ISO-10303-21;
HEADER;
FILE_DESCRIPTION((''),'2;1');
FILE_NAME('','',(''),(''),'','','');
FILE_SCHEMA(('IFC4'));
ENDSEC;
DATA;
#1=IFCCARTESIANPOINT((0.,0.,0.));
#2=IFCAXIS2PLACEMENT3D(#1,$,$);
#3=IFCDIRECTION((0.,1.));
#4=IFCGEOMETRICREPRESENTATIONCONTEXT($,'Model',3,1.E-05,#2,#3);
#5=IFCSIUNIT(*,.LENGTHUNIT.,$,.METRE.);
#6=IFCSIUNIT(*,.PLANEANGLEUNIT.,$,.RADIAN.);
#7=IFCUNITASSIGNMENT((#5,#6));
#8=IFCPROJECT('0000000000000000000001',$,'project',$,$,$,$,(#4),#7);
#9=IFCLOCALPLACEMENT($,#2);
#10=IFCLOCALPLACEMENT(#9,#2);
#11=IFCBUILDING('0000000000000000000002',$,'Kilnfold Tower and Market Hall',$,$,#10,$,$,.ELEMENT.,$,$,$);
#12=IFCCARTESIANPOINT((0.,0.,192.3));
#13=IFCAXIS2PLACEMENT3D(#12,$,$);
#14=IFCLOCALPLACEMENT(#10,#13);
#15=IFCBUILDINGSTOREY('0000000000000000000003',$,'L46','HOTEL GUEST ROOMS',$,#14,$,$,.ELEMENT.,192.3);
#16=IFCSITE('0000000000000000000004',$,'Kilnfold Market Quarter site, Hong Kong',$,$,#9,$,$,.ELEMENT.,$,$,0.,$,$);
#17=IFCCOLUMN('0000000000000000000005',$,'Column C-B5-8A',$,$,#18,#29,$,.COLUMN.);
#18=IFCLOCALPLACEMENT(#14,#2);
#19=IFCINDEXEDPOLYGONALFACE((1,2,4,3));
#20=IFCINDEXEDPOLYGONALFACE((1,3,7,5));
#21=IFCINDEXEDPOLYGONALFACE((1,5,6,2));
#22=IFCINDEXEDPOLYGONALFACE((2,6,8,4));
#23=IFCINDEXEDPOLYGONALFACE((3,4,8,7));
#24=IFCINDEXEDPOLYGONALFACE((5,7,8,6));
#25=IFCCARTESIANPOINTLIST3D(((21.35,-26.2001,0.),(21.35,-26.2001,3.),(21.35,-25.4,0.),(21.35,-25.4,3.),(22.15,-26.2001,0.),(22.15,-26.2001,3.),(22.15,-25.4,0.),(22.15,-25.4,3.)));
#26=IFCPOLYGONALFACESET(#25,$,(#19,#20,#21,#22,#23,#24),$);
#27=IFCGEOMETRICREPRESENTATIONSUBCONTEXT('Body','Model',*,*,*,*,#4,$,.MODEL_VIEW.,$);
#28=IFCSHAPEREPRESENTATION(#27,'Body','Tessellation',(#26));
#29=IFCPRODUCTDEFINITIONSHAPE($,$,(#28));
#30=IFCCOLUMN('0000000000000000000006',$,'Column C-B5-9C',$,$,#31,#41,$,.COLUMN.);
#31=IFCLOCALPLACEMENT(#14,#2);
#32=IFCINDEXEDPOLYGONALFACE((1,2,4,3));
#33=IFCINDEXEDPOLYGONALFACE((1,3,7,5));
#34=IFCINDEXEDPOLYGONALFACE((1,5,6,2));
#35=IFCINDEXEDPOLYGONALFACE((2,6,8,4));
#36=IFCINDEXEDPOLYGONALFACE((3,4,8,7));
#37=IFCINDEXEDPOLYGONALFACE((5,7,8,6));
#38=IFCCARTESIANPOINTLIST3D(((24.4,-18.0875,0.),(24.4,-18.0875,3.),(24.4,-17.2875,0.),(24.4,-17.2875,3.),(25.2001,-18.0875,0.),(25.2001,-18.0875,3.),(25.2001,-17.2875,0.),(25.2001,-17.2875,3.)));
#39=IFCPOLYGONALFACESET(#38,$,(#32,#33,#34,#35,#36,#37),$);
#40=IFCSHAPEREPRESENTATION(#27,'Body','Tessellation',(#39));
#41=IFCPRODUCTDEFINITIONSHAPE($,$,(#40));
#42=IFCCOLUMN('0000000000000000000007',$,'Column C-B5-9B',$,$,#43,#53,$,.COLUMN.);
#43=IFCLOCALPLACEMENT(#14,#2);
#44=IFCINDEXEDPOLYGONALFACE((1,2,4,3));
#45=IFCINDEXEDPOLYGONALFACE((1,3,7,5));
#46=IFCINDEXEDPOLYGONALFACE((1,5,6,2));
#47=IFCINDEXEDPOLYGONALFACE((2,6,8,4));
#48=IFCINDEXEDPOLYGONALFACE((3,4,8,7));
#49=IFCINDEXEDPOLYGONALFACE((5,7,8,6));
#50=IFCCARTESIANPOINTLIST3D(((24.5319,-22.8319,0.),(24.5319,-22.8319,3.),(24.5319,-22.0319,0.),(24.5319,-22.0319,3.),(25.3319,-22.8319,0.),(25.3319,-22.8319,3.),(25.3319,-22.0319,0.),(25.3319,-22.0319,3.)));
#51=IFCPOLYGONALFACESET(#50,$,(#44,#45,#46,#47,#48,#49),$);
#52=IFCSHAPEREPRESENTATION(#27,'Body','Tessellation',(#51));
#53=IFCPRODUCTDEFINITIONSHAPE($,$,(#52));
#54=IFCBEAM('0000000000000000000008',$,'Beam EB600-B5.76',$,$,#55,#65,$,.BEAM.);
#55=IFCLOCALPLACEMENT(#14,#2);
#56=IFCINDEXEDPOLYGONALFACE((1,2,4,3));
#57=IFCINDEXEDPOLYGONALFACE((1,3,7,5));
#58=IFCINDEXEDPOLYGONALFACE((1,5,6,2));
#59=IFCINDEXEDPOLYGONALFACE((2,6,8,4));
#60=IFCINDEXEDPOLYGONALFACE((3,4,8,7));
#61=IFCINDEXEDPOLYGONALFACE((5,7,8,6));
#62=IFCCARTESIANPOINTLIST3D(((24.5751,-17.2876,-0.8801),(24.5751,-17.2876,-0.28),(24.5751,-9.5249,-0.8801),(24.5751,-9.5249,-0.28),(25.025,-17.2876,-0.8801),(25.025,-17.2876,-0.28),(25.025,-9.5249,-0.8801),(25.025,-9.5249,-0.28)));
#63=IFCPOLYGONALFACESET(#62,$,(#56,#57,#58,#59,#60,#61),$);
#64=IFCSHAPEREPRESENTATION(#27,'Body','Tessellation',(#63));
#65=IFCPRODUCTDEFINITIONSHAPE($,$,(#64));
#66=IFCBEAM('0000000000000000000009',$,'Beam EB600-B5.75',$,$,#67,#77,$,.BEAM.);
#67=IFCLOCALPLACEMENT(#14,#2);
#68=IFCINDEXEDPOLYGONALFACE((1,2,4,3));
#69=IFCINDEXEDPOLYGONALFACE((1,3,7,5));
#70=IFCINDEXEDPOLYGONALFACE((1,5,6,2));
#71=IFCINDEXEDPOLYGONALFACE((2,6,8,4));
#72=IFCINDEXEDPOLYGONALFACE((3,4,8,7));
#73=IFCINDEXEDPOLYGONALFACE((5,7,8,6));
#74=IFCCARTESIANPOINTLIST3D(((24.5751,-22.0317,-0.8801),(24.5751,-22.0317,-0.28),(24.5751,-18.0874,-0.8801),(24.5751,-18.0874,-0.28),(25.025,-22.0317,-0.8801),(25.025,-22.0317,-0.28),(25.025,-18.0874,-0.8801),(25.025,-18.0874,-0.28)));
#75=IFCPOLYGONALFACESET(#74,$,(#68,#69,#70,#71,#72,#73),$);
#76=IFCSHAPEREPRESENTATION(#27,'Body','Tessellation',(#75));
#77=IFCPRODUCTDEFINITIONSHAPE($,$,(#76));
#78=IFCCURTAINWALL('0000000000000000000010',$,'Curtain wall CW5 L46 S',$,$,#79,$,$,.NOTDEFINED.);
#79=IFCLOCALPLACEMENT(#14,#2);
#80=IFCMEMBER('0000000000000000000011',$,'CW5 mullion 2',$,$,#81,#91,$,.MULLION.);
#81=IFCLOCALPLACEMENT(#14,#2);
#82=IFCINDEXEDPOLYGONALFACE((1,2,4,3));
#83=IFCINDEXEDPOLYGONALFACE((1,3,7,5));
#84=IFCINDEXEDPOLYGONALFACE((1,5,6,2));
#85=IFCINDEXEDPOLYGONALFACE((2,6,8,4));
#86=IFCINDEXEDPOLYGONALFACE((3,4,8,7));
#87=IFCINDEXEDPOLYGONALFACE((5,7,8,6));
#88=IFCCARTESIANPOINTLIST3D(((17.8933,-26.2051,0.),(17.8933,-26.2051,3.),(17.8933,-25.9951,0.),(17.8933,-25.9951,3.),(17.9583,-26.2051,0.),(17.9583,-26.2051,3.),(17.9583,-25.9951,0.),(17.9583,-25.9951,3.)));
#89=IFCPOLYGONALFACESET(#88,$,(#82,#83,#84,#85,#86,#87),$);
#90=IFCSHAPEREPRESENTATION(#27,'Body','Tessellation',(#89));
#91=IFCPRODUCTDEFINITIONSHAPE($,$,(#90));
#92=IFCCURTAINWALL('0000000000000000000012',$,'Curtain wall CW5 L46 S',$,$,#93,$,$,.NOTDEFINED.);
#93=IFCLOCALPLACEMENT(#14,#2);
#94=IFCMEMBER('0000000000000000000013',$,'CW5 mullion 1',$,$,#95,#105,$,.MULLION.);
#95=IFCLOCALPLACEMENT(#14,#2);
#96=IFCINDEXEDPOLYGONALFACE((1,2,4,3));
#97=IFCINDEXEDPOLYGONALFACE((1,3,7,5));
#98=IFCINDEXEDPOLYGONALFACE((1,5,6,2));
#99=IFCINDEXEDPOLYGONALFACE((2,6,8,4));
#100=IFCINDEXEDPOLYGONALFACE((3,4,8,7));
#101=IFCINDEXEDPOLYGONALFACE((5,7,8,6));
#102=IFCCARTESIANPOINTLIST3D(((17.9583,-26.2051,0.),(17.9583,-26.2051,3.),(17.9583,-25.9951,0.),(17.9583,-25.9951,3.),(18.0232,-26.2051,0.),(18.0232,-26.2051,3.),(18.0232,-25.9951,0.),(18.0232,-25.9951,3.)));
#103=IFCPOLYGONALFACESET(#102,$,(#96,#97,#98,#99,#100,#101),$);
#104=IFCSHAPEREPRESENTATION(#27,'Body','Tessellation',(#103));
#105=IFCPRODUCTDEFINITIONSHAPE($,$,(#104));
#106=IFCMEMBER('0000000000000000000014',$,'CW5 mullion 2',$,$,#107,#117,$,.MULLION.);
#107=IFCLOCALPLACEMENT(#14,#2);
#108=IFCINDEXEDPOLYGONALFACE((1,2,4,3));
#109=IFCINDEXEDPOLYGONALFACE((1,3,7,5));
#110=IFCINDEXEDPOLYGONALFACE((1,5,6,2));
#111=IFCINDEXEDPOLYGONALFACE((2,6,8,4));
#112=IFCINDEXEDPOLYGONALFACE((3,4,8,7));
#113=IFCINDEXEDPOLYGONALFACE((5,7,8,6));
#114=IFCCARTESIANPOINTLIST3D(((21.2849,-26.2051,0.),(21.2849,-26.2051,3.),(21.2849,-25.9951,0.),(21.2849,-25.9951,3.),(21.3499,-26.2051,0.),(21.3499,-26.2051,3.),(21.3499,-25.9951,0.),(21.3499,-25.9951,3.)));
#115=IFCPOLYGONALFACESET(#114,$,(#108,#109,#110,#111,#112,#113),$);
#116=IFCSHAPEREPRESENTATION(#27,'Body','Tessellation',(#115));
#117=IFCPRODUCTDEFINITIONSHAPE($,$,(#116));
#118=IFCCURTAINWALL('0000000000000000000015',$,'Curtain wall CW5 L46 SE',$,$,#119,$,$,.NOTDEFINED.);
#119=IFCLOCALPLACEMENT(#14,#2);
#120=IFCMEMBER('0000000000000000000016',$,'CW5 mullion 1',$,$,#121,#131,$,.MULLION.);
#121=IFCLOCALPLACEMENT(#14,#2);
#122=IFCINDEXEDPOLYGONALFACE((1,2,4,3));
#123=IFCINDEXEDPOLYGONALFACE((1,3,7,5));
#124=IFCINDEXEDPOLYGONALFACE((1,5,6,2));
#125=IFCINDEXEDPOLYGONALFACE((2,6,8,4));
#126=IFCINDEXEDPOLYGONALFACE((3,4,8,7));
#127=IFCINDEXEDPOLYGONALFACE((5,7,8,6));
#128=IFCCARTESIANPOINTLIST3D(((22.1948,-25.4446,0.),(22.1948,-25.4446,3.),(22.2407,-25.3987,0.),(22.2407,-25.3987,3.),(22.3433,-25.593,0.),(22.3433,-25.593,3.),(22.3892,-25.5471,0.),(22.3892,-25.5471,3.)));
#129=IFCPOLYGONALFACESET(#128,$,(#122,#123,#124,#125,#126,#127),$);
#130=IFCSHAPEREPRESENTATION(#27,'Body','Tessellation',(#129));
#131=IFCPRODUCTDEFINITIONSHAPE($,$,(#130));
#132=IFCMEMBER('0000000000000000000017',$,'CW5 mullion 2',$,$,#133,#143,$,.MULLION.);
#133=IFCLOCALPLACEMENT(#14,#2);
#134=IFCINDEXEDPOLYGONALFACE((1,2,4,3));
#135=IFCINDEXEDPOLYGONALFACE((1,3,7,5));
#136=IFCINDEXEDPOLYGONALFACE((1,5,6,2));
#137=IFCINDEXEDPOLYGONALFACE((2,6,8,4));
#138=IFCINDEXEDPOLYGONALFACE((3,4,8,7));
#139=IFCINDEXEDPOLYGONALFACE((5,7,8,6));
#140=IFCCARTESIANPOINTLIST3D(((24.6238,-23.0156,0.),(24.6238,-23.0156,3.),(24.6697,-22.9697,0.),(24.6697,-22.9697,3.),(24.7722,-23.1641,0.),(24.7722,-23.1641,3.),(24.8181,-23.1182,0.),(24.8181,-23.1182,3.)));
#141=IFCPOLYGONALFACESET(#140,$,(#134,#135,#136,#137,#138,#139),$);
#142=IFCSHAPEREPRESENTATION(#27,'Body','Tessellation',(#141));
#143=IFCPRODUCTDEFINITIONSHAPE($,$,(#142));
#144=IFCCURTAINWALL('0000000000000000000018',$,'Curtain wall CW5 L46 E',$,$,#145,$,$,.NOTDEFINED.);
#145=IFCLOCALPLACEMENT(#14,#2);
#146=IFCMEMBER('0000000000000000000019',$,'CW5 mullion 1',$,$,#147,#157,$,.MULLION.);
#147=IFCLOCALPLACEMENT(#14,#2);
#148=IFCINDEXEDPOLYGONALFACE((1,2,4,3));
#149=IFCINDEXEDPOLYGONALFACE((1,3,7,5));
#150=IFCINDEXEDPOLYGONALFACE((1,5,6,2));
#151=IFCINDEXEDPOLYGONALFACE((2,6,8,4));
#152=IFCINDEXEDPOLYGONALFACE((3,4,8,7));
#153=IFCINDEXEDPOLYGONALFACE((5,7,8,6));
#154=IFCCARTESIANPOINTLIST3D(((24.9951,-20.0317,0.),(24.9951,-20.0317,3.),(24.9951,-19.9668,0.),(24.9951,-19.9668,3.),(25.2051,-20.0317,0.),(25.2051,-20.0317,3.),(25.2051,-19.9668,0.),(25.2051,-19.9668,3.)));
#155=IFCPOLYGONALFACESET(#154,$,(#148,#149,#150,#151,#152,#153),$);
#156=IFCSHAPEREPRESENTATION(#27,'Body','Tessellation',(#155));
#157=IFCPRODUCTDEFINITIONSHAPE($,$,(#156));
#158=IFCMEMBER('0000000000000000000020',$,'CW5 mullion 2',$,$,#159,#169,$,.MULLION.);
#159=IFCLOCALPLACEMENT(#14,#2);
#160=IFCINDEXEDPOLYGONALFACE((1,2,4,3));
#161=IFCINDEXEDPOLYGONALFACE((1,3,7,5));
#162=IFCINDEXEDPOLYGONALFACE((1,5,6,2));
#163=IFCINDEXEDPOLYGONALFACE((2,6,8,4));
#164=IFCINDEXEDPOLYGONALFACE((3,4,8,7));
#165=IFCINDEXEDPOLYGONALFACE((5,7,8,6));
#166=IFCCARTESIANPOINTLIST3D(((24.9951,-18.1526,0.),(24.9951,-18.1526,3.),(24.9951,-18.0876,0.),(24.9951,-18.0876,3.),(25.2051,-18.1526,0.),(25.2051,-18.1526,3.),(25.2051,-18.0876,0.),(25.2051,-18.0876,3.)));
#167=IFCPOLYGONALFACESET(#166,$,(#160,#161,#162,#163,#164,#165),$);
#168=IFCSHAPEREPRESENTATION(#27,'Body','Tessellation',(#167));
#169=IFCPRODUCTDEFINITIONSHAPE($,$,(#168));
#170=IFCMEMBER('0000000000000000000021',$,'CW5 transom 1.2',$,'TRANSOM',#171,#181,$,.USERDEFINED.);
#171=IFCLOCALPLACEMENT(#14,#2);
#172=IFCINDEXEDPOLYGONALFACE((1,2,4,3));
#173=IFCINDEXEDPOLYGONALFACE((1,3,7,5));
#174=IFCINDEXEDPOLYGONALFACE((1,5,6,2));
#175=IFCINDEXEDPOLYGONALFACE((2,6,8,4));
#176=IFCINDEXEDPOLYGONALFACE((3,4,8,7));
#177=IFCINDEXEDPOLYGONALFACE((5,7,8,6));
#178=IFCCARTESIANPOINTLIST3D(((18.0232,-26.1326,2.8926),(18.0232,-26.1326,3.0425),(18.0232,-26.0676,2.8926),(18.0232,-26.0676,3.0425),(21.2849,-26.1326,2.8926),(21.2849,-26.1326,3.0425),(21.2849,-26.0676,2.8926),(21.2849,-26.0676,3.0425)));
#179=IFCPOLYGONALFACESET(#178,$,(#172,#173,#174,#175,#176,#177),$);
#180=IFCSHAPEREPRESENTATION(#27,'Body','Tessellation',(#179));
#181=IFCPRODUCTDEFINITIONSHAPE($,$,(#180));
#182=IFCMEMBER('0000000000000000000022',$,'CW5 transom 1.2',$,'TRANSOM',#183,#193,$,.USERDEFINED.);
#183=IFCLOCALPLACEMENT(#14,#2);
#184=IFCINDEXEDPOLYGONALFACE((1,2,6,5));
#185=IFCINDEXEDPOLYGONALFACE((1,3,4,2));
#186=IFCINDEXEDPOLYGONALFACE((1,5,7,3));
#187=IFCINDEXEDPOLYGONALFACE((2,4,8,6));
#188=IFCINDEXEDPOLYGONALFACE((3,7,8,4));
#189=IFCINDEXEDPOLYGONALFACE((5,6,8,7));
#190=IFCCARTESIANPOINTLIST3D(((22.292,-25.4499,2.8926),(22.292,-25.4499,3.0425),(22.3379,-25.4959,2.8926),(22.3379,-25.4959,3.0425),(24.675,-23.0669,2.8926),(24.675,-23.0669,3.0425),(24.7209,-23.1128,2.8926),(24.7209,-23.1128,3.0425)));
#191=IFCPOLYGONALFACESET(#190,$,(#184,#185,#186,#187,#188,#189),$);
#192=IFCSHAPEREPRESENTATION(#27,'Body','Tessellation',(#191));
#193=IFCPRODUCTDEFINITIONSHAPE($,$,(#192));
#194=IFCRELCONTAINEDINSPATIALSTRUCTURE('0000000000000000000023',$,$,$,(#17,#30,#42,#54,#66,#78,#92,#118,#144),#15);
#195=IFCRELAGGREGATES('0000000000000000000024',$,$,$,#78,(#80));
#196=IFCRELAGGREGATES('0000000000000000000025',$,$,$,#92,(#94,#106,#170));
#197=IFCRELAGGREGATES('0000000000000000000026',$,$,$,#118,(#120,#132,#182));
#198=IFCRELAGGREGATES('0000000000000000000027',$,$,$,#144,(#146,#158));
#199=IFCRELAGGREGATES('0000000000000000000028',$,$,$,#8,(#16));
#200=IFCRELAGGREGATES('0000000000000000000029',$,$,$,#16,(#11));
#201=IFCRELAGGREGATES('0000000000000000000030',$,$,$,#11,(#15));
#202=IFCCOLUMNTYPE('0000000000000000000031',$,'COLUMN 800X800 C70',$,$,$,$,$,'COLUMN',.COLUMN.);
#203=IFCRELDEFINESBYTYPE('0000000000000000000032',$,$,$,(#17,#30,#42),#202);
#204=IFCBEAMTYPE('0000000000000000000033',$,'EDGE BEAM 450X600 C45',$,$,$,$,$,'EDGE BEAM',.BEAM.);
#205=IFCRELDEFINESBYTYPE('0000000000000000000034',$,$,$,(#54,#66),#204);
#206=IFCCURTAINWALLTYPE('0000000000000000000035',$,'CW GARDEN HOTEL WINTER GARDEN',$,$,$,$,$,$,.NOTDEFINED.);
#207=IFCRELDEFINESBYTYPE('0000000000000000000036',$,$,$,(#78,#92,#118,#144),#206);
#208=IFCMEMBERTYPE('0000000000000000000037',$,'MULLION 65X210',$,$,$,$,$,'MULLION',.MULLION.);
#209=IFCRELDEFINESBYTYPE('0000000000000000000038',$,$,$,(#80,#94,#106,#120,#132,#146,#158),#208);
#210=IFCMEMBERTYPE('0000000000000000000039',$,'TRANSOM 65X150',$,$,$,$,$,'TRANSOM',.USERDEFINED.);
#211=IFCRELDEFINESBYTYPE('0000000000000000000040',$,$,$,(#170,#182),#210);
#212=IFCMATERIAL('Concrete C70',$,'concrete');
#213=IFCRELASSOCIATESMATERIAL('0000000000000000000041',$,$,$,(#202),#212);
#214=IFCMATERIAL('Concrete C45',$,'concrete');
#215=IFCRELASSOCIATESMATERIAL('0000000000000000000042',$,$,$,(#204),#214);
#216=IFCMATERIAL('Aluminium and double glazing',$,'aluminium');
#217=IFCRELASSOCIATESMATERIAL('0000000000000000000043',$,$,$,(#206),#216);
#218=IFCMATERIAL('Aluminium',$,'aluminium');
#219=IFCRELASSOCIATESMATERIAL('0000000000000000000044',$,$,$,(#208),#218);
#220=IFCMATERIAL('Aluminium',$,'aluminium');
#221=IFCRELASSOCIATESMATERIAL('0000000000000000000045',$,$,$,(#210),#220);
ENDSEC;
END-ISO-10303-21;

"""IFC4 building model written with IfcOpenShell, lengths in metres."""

from ifc_helpers import new_model, si_unit, direction, frame, origin, origin_2d, place, context, subcontext, project, spatial, rectangle, extrude, source, transform, mapped, material, material_profile, profile_set, type_object, element, aggregate, save


model = new_model("IFC4")

# Units and contexts
model_context = context("Model", 3, precision=1e-05, world=origin(), true_north=direction((0.0, 1.0)))
body_context = subcontext(model_context, "Body", "Model", "MODEL_VIEW")
ifc_project = project(units=[si_unit("LENGTHUNIT", "METRE"), si_unit("PLANEANGLEUNIT", "RADIAN")], contexts=[model_context])

# Site, building, storey
site_placement = place(None, origin())
site = spatial("IfcSite", under=ifc_project, at=site_placement, Name="Kilnfold Market Quarter site, Hong Kong", CompositionType="ELEMENT", RefElevation=0.0)
building_placement = place(site_placement, origin())
building = spatial("IfcBuilding", under=site, at=building_placement, Name="Kilnfold Tower and Market Hall", CompositionType="ELEMENT")
storey_placement = place(building_placement, frame((0.0, 0.0, 192.3)))
storey = spatial("IfcBuildingStorey", under=building, at=storey_placement, Name="L46", Description="HOTEL GUEST ROOMS", CompositionType="ELEMENT", Elevation=192.3)

# Columns
ifc_material_1 = material(Name="Concrete C70", Category="concrete")
ifc_material_profile_1 = material_profile(ifc_material_1, rectangle(XDim=0.8, YDim=0.8, at=origin_2d()), Name="RC 800x800")
ifc_profile_set_1 = profile_set([ifc_material_profile_1], Name="Concrete C70")
column_type = type_object("IfcColumnType", Name="COLUMN 800X800 C70", ElementType="COLUMN", PredefinedType="COLUMN", material=ifc_profile_set_1)
shared_shape_1 = source(origin(), body_context, "Body", "SweptSolid", [
    extrude(rectangle(XDim=0.8, YDim=0.8, at=origin_2d()), origin(), (0.0, 0.0, 1.0), 3.0),
])
for number, where, z_axis, x_axis, name in (
    (1, (21.75, -25.8, 0.0), (0.0, 0.0, 1.0), (1.0, 0.0, 0.0), "Column C-B5-8A"),
    (2, (24.8, -17.6875, 0.0), (0.0, 0.0, 1.0), (1.0, 0.0, 0.0), "Column C-B5-9C"),
    (3, (24.9319, -22.4319, 0.0), (0.0, 0.0, 1.0), (1.0, 0.0, 0.0), "Column C-B5-9B"),
):
    element("IfcColumn", number, at=place(storey_placement, frame(where, z_axis=z_axis, x_axis=x_axis)), inside=storey, type_object=column_type, Name=name, PredefinedType="COLUMN", context=body_context, shape_type="MappedRepresentation", body=[
        mapped(shared_shape_1, transform((0.0, 0.0, 0.0))),
    ])

# Beams
ifc_material_2 = material(Name="Concrete C45", Category="concrete")
ifc_material_profile_2 = material_profile(ifc_material_2, rectangle(XDim=0.45, YDim=0.6001, at=origin_2d()), Name="RC 450x600")
ifc_profile_set_2 = profile_set([ifc_material_profile_2], Name="Concrete C45")
beam_type = type_object("IfcBeamType", Name="EDGE BEAM 450X600 C45", ElementType="EDGE BEAM", PredefinedType="BEAM", material=ifc_profile_set_2)
shared_shape_2 = source(origin(), body_context, "Body", "SweptSolid", [
    extrude(rectangle(XDim=0.45, YDim=0.6001, at=origin_2d()), origin(), (0.0, 0.0, 1.0), 7.7627),
])
beam_1_placement = place(storey_placement, frame((24.8, -17.2876, -0.5801), z_axis=(0.0, 1.0, 0.0), x_axis=(-1.0, 0.0, 0.0)))
element("IfcBeam", 4, at=beam_1_placement, inside=storey, type_object=beam_type, Name="Beam EB600-B5.76", PredefinedType="BEAM", context=body_context, shape_type="MappedRepresentation", body=[
    mapped(shared_shape_2, transform((0.0, 0.0, 0.0))),
])
shared_shape_3 = source(origin(), body_context, "Body", "SweptSolid", [
    extrude(rectangle(XDim=0.45, YDim=0.6001, at=origin_2d()), origin(), (0.0, 0.0, 1.0), 3.9443),
])
beam_2_placement = place(storey_placement, frame((24.8, -22.0317, -0.5801), z_axis=(0.0, 1.0, 0.0), x_axis=(-1.0, 0.0, 0.0)))
element("IfcBeam", 5, at=beam_2_placement, inside=storey, type_object=beam_type, Name="Beam EB600-B5.75", PredefinedType="BEAM", context=body_context, shape_type="MappedRepresentation", body=[
    mapped(shared_shape_3, transform((0.0, 0.0, 0.0))),
])

# Curtain wall, member
ifc_material_3 = material(Name="Aluminium and double glazing", Category="aluminium")
curtain_wall_type = type_object("IfcCurtainWallType", Name="CW GARDEN HOTEL WINTER GARDEN", PredefinedType="NOTDEFINED", material=ifc_material_3)
curtain_wall_1_placement = place(storey_placement, origin())
curtain_wall_1 = element("IfcCurtainWall", 6, at=curtain_wall_1_placement, inside=storey, type_object=curtain_wall_type, Name="Curtain wall CW5 L46 S", PredefinedType="NOTDEFINED")
ifc_material_4 = material(Name="Aluminium", Category="aluminium")
ifc_material_profile_3 = material_profile(ifc_material_4, rectangle(XDim=0.0649, YDim=0.21, at=origin_2d()), Name="MULLION 65x210")
ifc_profile_set_3 = profile_set([ifc_material_profile_3], Name="Aluminium")
member_type_1 = type_object("IfcMemberType", Name="MULLION 65X210", ElementType="MULLION", PredefinedType="MULLION", material=ifc_profile_set_3)
shared_shape_4 = source(origin(), body_context, "Body", "SweptSolid", [
    extrude(rectangle(XDim=0.0649, YDim=0.21, at=origin_2d()), origin(), (0.0, 0.0, 1.0), 3.0),
])
member_1_placement = place(storey_placement, frame((17.9258, -26.1001, 0.0), z_axis=(0.0, 0.0, 1.0), x_axis=(1.0, 0.0, 0.0)))
member_1 = element("IfcMember", 7, at=member_1_placement, type_object=member_type_1, Name="CW5 mullion 2", PredefinedType="MULLION", context=body_context, shape_type="MappedRepresentation", body=[
    mapped(shared_shape_4, transform((0.0, 0.0, 0.0))),
])
aggregate(curtain_wall_1, [member_1])

# Curtain walls, members
curtain_wall_2_placement = place(storey_placement, origin())
curtain_wall_2 = element("IfcCurtainWall", 8, at=curtain_wall_2_placement, inside=storey, type_object=curtain_wall_type, Name="Curtain wall CW5 L46 S", PredefinedType="NOTDEFINED")
member_2_placement = place(storey_placement, frame((17.9907, -26.1001, 0.0), z_axis=(0.0, 0.0, 1.0), x_axis=(1.0, 0.0, 0.0)))
member_2 = element("IfcMember", 9, at=member_2_placement, type_object=member_type_1, Name="CW5 mullion 1", PredefinedType="MULLION", context=body_context, shape_type="MappedRepresentation", body=[
    mapped(shared_shape_4, transform((0.0, 0.0, 0.0))),
])
member_3_placement = place(storey_placement, frame((21.3174, -26.1001, 0.0), z_axis=(0.0, 0.0, 1.0), x_axis=(1.0, 0.0, 0.0)))
member_3 = element("IfcMember", 10, at=member_3_placement, type_object=member_type_1, Name="CW5 mullion 2", PredefinedType="MULLION", context=body_context, shape_type="MappedRepresentation", body=[
    mapped(shared_shape_4, transform((0.0, 0.0, 0.0))),
])
curtain_wall_3_placement = place(storey_placement, origin())
curtain_wall_3 = element("IfcCurtainWall", 11, at=curtain_wall_3_placement, inside=storey, type_object=curtain_wall_type, Name="Curtain wall CW5 L46 SE", PredefinedType="NOTDEFINED")
member_4_placement = place(storey_placement, frame((22.292, -25.4958, 0.0), z_axis=(0.0, 0.0, 1.0), x_axis=(0.707121, 0.707092, 0.0)))
member_4 = element("IfcMember", 12, at=member_4_placement, type_object=member_type_1, Name="CW5 mullion 1", PredefinedType="MULLION", context=body_context, shape_type="MappedRepresentation", body=[
    mapped(shared_shape_4, transform((0.0, 0.0, 0.0))),
])
member_5_placement = place(storey_placement, frame((24.7209, -23.0669, 0.0), z_axis=(0.0, 0.0, 1.0), x_axis=(0.707121, 0.707092, 0.0)))
member_5 = element("IfcMember", 13, at=member_5_placement, type_object=member_type_1, Name="CW5 mullion 2", PredefinedType="MULLION", context=body_context, shape_type="MappedRepresentation", body=[
    mapped(shared_shape_4, transform((0.0, 0.0, 0.0))),
])
curtain_wall_4_placement = place(storey_placement, origin())
curtain_wall_4 = element("IfcCurtainWall", 14, at=curtain_wall_4_placement, inside=storey, type_object=curtain_wall_type, Name="Curtain wall CW5 L46 E", PredefinedType="NOTDEFINED")
member_6_placement = place(storey_placement, frame((25.1001, -19.9993, 0.0), z_axis=(0.0, 0.0, 1.0), x_axis=(0.0, 1.0, 0.0)))
member_6 = element("IfcMember", 15, at=member_6_placement, type_object=member_type_1, Name="CW5 mullion 1", PredefinedType="MULLION", context=body_context, shape_type="MappedRepresentation", body=[
    mapped(shared_shape_4, transform((0.0, 0.0, 0.0))),
])
member_7_placement = place(storey_placement, frame((25.1001, -18.1201, 0.0), z_axis=(0.0, 0.0, 1.0), x_axis=(0.0, 1.0, 0.0)))
member_7 = element("IfcMember", 16, at=member_7_placement, type_object=member_type_1, Name="CW5 mullion 2", PredefinedType="MULLION", context=body_context, shape_type="MappedRepresentation", body=[
    mapped(shared_shape_4, transform((0.0, 0.0, 0.0))),
])

# Members
ifc_material_5 = material(Name="Aluminium", Category="aluminium")
ifc_material_profile_4 = material_profile(ifc_material_5, rectangle(XDim=0.0649, YDim=0.1499, at=origin_2d()), Name="TRANSOM 65x150")
ifc_profile_set_4 = profile_set([ifc_material_profile_4], Name="Aluminium")
member_type_2 = type_object("IfcMemberType", Name="TRANSOM 65X150", ElementType="TRANSOM", PredefinedType="USERDEFINED", material=ifc_profile_set_4)
shared_shape_5 = source(origin(), body_context, "Body", "SweptSolid", [
    extrude(rectangle(XDim=0.0649, YDim=0.1499, at=origin_2d()), origin(), (0.0, 0.0, 1.0), 3.2617),
])
member_8_placement = place(storey_placement, frame((18.0232, -26.1001, 2.9675), z_axis=(1.0, 0.0, 0.0), x_axis=(0.0, 1.0, 0.0)))
member_8 = element("IfcMember", 17, at=member_8_placement, type_object=member_type_2, Name="CW5 transom 1.2", ObjectType="TRANSOM", PredefinedType="USERDEFINED", context=body_context, shape_type="MappedRepresentation", body=[
    mapped(shared_shape_5, transform((0.0, 0.0, 0.0))),
])
shared_shape_6 = source(origin(), body_context, "Body", "SweptSolid", [
    extrude(rectangle(XDim=0.0649, YDim=0.1499, at=origin_2d()), origin(), (0.0, 0.0, 1.0), 3.3701),
])
member_9_placement = place(storey_placement, frame((22.3149, -25.4729, 2.9675), z_axis=(0.707107, 0.707107, 0.0), x_axis=(-0.707107, 0.707107, 0.0)))
member_9 = element("IfcMember", 18, at=member_9_placement, type_object=member_type_2, Name="CW5 transom 1.2", ObjectType="TRANSOM", PredefinedType="USERDEFINED", context=body_context, shape_type="MappedRepresentation", body=[
    mapped(shared_shape_6, transform((0.0, 0.0, 0.0))),
])

aggregate(curtain_wall_2, [member_2, member_3, member_8])
aggregate(curtain_wall_3, [member_4, member_5, member_9])
aggregate(curtain_wall_4, [member_6, member_7])

save(model, "model.ifc")
